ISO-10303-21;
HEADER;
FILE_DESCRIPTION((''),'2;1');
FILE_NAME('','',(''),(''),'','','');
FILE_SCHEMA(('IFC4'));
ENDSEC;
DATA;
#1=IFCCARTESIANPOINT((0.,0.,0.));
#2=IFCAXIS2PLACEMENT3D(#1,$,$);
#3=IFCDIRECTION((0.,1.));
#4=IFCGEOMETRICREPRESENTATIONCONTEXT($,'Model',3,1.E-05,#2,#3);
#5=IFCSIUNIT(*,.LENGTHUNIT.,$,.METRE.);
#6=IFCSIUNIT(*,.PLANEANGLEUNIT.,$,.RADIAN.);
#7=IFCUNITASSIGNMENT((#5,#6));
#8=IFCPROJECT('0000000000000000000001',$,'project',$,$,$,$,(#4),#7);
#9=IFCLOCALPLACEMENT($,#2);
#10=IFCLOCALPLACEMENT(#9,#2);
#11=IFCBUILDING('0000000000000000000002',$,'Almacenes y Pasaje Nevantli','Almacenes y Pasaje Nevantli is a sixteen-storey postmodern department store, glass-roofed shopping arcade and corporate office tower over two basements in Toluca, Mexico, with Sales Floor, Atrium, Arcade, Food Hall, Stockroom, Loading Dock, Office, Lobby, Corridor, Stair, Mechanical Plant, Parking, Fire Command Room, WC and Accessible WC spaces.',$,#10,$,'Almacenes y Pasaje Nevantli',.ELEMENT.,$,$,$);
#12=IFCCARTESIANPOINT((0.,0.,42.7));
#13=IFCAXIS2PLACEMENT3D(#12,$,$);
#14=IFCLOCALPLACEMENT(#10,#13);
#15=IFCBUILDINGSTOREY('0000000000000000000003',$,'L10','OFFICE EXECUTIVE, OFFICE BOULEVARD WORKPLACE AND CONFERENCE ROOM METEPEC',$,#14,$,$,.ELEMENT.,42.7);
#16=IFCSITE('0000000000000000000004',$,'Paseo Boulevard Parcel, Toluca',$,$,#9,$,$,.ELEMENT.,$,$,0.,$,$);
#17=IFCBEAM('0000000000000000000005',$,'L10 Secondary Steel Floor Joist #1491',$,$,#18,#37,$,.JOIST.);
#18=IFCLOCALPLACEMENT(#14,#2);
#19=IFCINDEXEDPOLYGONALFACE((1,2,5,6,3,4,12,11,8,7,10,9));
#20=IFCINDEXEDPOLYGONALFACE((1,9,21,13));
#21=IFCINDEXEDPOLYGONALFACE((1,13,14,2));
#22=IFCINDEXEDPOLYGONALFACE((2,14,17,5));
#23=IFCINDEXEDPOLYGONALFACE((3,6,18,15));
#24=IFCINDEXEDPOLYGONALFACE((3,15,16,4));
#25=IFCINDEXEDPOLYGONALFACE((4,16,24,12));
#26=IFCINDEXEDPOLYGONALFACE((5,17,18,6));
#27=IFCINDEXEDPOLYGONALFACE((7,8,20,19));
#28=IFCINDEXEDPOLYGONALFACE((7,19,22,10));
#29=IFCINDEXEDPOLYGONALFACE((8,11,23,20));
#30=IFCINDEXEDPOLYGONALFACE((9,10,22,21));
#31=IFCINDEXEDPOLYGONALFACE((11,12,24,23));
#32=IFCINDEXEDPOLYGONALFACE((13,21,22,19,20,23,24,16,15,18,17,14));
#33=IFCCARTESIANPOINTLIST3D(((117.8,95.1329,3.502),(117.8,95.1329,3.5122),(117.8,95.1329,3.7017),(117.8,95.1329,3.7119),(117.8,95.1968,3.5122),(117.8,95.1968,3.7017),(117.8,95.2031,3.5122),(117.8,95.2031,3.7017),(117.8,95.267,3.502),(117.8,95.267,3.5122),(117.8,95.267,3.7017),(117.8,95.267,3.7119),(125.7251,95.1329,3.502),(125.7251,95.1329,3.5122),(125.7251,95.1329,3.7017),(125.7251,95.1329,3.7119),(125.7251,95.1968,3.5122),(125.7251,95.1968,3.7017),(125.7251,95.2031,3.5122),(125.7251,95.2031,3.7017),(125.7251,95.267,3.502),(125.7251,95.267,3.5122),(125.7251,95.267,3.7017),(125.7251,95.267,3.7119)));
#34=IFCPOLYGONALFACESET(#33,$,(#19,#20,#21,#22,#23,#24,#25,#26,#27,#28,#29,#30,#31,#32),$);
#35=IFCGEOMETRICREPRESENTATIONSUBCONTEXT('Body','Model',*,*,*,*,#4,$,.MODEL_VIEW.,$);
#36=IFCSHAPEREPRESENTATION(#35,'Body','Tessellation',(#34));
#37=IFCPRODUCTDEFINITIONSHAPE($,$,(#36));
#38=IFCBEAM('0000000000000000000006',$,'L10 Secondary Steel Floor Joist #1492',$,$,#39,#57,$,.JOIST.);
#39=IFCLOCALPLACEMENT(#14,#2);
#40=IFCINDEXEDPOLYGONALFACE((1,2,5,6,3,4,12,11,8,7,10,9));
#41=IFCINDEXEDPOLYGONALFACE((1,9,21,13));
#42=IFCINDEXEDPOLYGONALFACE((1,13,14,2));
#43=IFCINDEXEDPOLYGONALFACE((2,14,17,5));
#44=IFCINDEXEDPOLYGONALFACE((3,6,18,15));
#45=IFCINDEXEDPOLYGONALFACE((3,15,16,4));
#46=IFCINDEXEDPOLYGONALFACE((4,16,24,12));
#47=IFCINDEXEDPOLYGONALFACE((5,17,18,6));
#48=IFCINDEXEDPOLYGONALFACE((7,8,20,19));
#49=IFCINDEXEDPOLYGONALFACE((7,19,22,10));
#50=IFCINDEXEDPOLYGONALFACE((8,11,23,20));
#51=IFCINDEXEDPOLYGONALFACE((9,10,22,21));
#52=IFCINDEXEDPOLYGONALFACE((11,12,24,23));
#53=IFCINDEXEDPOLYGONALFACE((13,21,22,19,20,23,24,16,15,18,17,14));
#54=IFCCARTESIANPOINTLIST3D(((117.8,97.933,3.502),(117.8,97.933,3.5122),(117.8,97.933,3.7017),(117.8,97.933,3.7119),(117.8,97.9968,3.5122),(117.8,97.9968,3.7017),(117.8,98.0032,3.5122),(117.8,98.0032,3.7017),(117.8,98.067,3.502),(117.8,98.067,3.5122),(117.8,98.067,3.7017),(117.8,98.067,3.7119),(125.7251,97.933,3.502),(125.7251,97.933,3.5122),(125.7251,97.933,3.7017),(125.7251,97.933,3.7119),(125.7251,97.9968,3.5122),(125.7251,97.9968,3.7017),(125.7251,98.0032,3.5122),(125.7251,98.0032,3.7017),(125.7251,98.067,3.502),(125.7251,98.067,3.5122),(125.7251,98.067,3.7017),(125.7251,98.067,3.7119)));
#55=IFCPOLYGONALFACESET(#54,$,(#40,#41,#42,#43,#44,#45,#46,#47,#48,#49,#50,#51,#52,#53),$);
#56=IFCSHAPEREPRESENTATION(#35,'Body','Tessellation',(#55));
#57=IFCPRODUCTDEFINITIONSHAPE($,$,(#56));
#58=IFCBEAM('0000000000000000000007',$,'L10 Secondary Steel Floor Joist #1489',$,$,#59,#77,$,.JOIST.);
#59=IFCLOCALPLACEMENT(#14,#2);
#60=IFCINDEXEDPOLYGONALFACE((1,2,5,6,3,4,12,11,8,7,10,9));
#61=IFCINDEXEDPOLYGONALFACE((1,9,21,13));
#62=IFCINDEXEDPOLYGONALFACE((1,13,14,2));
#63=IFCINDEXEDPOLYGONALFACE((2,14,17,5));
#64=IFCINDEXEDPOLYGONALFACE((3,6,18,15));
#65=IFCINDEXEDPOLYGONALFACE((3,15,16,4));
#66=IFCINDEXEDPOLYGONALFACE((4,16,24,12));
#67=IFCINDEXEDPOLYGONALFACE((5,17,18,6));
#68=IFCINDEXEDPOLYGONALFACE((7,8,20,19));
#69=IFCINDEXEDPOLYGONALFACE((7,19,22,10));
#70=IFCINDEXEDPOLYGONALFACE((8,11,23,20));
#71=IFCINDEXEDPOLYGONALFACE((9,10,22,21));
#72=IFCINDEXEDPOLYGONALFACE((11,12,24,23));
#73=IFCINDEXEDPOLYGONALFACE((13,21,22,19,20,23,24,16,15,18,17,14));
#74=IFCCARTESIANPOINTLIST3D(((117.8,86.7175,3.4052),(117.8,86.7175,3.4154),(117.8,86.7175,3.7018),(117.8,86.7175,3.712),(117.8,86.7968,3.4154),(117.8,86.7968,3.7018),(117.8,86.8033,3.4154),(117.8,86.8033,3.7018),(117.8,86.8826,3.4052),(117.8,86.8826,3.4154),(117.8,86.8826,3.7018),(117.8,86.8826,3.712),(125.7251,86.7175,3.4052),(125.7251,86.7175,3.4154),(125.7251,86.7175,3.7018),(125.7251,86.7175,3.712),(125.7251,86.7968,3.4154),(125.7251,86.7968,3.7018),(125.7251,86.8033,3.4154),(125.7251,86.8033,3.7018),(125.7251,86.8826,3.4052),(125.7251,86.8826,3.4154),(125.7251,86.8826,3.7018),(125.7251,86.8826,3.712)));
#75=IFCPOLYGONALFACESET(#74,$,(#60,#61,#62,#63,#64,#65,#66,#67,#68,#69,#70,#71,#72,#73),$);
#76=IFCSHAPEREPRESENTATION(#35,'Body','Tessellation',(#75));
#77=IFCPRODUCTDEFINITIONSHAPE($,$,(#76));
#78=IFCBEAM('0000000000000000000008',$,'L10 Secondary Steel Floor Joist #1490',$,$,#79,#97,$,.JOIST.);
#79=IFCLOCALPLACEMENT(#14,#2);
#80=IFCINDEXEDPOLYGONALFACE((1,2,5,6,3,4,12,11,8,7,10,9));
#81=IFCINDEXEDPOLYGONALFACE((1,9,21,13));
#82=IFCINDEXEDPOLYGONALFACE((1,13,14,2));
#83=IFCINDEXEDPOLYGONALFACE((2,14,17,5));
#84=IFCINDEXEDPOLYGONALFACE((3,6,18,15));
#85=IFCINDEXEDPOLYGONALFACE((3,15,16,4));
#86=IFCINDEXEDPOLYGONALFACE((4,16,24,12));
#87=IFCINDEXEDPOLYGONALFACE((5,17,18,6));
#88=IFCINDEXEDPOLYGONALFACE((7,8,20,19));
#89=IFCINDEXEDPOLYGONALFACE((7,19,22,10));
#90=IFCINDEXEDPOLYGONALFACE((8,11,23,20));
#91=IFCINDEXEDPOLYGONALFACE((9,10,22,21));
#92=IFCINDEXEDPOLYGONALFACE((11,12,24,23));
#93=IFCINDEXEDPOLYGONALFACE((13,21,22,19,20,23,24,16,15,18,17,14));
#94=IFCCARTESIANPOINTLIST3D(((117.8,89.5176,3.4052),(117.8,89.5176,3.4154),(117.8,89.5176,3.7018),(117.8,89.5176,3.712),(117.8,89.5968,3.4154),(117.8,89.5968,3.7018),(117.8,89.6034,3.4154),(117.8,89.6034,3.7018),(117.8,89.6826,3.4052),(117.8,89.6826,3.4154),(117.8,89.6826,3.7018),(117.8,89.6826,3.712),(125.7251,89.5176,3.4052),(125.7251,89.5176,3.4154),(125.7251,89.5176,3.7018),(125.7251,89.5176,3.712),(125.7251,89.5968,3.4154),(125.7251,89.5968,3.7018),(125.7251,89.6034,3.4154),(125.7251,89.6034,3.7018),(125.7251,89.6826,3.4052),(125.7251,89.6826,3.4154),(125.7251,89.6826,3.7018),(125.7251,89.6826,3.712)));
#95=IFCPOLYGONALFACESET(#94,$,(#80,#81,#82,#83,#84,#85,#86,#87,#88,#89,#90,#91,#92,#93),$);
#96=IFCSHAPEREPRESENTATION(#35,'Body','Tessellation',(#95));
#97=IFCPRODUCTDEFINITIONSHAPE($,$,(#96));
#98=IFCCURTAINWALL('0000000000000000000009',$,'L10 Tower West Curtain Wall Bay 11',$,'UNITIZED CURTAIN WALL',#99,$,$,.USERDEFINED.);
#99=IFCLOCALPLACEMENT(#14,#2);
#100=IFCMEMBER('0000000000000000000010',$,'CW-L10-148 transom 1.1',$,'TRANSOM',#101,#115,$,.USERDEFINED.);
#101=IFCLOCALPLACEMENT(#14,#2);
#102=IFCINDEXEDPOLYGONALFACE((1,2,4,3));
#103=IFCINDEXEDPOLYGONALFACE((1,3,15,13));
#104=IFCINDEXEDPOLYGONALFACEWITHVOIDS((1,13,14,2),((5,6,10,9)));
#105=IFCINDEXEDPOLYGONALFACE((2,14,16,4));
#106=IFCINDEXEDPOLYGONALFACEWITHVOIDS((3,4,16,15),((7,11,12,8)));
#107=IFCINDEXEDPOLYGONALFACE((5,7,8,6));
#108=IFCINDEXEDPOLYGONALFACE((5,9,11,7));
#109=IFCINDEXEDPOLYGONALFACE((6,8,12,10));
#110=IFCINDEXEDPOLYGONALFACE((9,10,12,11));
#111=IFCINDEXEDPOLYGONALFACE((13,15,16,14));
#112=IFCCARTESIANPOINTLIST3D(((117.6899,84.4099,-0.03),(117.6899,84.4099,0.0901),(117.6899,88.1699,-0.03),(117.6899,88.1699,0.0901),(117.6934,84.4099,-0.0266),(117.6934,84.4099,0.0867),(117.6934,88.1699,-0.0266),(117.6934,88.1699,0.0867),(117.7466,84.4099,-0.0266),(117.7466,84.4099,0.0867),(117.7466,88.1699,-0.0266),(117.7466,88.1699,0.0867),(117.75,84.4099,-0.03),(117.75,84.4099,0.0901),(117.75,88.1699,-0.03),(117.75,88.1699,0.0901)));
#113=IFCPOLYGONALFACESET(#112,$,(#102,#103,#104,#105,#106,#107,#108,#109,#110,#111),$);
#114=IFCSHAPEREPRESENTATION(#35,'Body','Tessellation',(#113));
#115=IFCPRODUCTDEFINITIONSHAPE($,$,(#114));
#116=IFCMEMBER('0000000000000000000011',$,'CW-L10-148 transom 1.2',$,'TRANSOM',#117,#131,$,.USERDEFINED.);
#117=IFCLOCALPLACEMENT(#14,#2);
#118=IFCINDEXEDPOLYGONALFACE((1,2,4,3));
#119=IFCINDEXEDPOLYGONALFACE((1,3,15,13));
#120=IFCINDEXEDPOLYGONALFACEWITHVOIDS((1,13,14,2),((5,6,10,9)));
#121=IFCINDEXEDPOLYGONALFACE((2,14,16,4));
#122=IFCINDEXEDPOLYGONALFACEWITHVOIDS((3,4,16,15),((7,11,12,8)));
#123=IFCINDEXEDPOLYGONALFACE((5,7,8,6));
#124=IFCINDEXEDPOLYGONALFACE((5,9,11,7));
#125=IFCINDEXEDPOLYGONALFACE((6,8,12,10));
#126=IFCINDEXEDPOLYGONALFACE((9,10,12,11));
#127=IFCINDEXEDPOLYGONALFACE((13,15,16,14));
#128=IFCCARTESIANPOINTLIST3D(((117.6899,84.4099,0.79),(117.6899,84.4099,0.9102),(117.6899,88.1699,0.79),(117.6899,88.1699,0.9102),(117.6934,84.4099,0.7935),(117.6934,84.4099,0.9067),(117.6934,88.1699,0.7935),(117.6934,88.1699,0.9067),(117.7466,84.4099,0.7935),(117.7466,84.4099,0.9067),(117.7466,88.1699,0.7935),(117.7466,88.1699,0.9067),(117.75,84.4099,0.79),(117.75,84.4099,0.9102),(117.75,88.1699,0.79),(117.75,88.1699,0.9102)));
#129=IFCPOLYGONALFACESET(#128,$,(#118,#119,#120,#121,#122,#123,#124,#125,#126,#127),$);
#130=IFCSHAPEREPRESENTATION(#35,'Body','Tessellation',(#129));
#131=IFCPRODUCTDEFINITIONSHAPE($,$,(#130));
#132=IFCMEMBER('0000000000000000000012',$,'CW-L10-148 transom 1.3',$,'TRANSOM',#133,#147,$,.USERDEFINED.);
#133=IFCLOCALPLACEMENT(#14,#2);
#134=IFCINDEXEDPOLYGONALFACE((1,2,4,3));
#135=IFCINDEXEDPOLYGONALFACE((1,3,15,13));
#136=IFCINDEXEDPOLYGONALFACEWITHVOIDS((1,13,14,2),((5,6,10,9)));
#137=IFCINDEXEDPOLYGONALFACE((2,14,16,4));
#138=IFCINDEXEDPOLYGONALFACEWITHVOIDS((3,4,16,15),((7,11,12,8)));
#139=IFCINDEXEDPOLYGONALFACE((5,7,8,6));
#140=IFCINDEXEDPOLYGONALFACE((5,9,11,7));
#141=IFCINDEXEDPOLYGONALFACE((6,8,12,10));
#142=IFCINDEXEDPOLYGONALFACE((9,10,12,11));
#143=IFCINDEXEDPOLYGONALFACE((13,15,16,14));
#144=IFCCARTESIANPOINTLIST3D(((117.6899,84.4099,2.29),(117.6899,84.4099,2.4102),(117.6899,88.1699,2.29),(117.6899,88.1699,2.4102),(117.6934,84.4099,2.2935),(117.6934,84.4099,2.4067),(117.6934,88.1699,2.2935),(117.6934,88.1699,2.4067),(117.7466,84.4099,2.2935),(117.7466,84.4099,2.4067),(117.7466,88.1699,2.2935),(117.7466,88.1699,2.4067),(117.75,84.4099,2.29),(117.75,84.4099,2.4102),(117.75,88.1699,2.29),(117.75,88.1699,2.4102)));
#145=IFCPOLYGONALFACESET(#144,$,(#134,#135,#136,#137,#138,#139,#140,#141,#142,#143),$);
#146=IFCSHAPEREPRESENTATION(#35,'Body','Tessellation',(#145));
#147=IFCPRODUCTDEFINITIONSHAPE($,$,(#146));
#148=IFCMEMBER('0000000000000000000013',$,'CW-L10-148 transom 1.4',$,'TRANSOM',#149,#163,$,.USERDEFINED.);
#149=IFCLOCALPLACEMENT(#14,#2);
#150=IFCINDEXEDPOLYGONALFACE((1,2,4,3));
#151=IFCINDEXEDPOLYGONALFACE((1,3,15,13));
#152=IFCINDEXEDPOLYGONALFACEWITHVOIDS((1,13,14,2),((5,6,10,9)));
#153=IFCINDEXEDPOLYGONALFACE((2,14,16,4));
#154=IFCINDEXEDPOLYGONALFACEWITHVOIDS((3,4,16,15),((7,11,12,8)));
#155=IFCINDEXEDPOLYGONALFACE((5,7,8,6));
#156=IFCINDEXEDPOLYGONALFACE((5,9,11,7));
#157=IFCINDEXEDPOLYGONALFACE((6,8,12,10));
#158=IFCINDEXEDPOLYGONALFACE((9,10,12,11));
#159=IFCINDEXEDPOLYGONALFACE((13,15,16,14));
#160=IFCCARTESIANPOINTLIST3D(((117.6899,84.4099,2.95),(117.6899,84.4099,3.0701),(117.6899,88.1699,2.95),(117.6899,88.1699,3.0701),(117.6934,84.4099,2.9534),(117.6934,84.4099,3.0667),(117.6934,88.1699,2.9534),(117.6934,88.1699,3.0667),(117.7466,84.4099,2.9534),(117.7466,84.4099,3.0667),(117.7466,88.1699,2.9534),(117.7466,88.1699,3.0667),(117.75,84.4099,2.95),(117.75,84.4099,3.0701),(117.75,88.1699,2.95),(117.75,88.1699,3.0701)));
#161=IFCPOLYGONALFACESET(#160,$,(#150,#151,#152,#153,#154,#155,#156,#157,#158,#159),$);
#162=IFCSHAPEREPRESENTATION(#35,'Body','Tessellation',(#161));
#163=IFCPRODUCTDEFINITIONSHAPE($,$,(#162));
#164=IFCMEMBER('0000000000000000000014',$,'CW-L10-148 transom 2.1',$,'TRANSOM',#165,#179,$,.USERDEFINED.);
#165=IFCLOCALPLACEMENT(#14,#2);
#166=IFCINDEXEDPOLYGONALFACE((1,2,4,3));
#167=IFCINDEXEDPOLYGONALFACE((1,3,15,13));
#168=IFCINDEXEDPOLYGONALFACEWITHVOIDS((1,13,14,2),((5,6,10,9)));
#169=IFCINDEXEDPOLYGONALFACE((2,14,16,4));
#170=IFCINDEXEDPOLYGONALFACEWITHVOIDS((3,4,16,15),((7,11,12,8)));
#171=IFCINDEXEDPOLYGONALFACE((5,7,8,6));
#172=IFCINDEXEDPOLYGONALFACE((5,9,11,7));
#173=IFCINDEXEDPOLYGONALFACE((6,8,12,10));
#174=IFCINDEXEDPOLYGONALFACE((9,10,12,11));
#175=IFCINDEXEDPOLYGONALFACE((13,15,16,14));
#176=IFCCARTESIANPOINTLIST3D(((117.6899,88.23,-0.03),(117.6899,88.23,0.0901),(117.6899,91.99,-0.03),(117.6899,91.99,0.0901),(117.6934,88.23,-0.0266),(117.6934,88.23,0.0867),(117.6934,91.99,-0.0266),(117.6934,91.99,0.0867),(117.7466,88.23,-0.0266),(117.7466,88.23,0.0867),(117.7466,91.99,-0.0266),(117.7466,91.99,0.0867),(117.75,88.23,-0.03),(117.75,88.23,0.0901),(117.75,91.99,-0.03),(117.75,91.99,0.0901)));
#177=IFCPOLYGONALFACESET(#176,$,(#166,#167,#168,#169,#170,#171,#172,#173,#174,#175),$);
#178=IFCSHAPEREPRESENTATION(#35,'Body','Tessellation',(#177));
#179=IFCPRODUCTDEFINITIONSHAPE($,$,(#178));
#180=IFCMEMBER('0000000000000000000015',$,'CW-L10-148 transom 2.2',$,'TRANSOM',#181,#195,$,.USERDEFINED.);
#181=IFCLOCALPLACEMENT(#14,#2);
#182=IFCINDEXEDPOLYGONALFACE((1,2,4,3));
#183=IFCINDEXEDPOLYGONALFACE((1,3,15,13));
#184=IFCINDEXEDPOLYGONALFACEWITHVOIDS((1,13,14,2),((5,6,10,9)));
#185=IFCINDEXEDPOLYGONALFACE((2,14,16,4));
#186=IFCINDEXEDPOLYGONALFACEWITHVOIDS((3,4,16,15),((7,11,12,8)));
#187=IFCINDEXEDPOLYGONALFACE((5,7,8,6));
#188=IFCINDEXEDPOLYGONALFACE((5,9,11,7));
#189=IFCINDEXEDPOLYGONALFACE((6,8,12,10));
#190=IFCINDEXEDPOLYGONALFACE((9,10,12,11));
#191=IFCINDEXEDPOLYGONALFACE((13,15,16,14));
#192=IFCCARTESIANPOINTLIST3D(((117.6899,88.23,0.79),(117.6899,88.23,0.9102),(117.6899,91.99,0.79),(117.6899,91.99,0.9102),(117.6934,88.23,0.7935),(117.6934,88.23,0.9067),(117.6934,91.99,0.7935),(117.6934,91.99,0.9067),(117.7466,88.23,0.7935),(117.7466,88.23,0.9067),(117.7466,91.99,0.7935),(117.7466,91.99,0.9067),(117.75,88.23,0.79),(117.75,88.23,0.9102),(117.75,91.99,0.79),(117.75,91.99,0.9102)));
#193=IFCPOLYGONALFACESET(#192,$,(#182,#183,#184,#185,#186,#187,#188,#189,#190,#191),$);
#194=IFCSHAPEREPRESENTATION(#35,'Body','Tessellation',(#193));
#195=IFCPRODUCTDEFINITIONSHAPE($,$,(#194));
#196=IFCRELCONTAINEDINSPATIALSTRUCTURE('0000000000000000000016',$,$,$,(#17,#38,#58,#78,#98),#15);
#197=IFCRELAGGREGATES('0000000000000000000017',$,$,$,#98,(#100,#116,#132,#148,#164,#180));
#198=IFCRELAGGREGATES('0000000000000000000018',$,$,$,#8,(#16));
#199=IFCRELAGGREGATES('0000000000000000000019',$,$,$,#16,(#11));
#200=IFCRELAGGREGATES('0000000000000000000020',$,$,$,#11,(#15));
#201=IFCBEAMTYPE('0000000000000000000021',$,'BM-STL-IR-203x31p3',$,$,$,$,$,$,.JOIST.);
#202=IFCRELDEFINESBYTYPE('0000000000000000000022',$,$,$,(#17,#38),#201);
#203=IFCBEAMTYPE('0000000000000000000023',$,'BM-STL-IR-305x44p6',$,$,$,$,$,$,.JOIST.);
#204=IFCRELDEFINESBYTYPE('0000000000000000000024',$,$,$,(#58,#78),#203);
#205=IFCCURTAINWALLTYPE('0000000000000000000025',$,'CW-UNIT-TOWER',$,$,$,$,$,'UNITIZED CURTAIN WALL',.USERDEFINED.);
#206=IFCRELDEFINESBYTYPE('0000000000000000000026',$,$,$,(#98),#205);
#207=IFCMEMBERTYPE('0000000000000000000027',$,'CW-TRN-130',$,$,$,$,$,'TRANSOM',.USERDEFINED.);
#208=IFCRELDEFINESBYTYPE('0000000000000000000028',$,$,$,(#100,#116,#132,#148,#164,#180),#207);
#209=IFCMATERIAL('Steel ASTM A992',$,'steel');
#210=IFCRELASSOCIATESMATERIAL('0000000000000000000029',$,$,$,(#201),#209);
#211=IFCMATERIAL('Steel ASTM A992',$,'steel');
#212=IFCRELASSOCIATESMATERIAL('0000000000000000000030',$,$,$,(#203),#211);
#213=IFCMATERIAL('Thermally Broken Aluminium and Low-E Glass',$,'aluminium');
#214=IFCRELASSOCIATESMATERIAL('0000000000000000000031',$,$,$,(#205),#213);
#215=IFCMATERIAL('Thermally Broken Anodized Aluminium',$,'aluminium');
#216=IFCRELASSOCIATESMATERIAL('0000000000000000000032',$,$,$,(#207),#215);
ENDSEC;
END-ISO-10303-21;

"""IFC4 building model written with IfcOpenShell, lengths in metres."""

from ifc_helpers import new_model, si_unit, direction, frame, origin, origin_2d, place, context, subcontext, project, spatial, hollow_rectangle, i_section, extrude, material, material_profile, profile_set, type_object, element, aggregate, save


model = new_model("IFC4")

# Units and contexts
model_context = context("Model", 3, precision=1e-05, world=origin(), true_north=direction((0.0, 1.0)))
body_context = subcontext(model_context, "Body", "Model", "MODEL_VIEW")
ifc_project = project(units=[si_unit("LENGTHUNIT", "METRE"), si_unit("PLANEANGLEUNIT", "RADIAN")], contexts=[model_context])

# Site, building, storey
site_placement = place(None, origin())
site = spatial("IfcSite", under=ifc_project, at=site_placement, Name="Paseo Boulevard Parcel, Toluca", CompositionType="ELEMENT", RefElevation=0.0)
building_placement = place(site_placement, origin())
building = spatial("IfcBuilding", under=site, at=building_placement, Name="Almacenes y Pasaje Nevantli", Description="Almacenes y Pasaje Nevantli is a sixteen-storey postmodern department store, glass-roofed shopping arcade and corporate office tower over two basements in Toluca, Mexico, with Sales Floor, Atrium, Arcade, Food Hall, Stockroom, Loading Dock, Office, Lobby, Corridor, Stair, Mechanical Plant, Parking, Fire Command Room, WC and Accessible WC spaces.", LongName="Almacenes y Pasaje Nevantli", CompositionType="ELEMENT")
storey_placement = place(building_placement, frame((0.0, 0.0, 42.7)))
storey = spatial("IfcBuildingStorey", under=building, at=storey_placement, Name="L10", Description="OFFICE EXECUTIVE, OFFICE BOULEVARD WORKPLACE AND CONFERENCE ROOM METEPEC", CompositionType="ELEMENT", Elevation=42.7)

# Beams
ifc_material_1 = material(Name="Steel ASTM A992", Category="steel")
ifc_material_profile_1 = material_profile(ifc_material_1, i_section(OverallWidth=0.134, OverallDepth=0.21, WebThickness=0.0063, FlangeThickness=0.0103, at=origin_2d()), Name="IR 203x31.3")
ifc_profile_set_1 = profile_set([ifc_material_profile_1], Name="Steel ASTM A992")
beam_type_1 = type_object("IfcBeamType", Name="BM-STL-IR-203x31p3", PredefinedType="JOIST", material=ifc_profile_set_1)
for number, where, z_axis, x_axis, name in (
    (1, (117.8, 95.2, 3.6069), (1.0, 0.0, 0.0), (0.0, 1.0, 0.0), "L10 Secondary Steel Floor Joist #1491"),
    (2, (117.8, 98.0, 3.6069), (1.0, 0.0, 0.0), (0.0, 1.0, 0.0), "L10 Secondary Steel Floor Joist #1492"),
):
    element("IfcBeam", number, at=place(storey_placement, frame(where, z_axis=z_axis, x_axis=x_axis)), inside=storey, type_object=beam_type_1, Name=name, PredefinedType="JOIST", context=body_context, shape_type="SweptSolid", body=[
        extrude(i_section(OverallWidth=0.134, OverallDepth=0.21, WebThickness=0.0063, FlangeThickness=0.0103, at=origin_2d()), origin(), (0.0, 0.0, 1.0), 7.925),
    ])
ifc_material_2 = material(Name="Steel ASTM A992", Category="steel")
ifc_material_profile_2 = material_profile(ifc_material_2, i_section(OverallWidth=0.165, OverallDepth=0.3069, WebThickness=0.0066, FlangeThickness=0.0103, at=origin_2d()), Name="IR 305x44.6")
ifc_profile_set_2 = profile_set([ifc_material_profile_2], Name="Steel ASTM A992")
beam_type_2 = type_object("IfcBeamType", Name="BM-STL-IR-305x44p6", PredefinedType="JOIST", material=ifc_profile_set_2)
for number, where, z_axis, x_axis, name in (
    (3, (117.8, 86.8, 3.5586), (1.0, 0.0, 0.0), (0.0, 1.0, 0.0), "L10 Secondary Steel Floor Joist #1489"),
    (4, (117.8, 89.6001, 3.5586), (1.0, 0.0, 0.0), (0.0, 1.0, 0.0), "L10 Secondary Steel Floor Joist #1490"),
):
    element("IfcBeam", number, at=place(storey_placement, frame(where, z_axis=z_axis, x_axis=x_axis)), inside=storey, type_object=beam_type_2, Name=name, PredefinedType="JOIST", context=body_context, shape_type="SweptSolid", body=[
        extrude(i_section(OverallWidth=0.165, OverallDepth=0.3069, WebThickness=0.0066, FlangeThickness=0.0103, at=origin_2d()), origin(), (0.0, 0.0, 1.0), 7.925),
    ])

# Curtain wall, members
ifc_material_3 = material(Name="Thermally Broken Aluminium and Low-E Glass", Category="aluminium")
curtain_wall_type = type_object("IfcCurtainWallType", Name="CW-UNIT-TOWER", ElementType="UNITIZED CURTAIN WALL", PredefinedType="USERDEFINED", material=ifc_material_3)
curtain_wall_placement = place(storey_placement, origin())
curtain_wall = element("IfcCurtainWall", 5, at=curtain_wall_placement, inside=storey, type_object=curtain_wall_type, Name="L10 Tower West Curtain Wall Bay 11", ObjectType="UNITIZED CURTAIN WALL", PredefinedType="USERDEFINED")
ifc_material_4 = material(Name="Thermally Broken Anodized Aluminium", Category="aluminium")
ifc_material_profile_3 = material_profile(ifc_material_4, hollow_rectangle(XDim=0.0601, YDim=0.1201, WallThickness=0.0034, at=origin_2d()), Name="ALU-TRN-60x120")
ifc_profile_set_3 = profile_set([ifc_material_profile_3], Name="Thermally Broken Anodized Aluminium")
member_type = type_object("IfcMemberType", Name="CW-TRN-130", ElementType="TRANSOM", PredefinedType="USERDEFINED", material=ifc_profile_set_3)
member_1_placement = place(storey_placement, frame((117.72, 84.4099, 0.03), z_axis=(0.0, 1.0, 0.0), x_axis=(-1.0, 0.0, 0.0)))
member_1 = element("IfcMember", 6, at=member_1_placement, type_object=member_type, Name="CW-L10-148 transom 1.1", ObjectType="TRANSOM", PredefinedType="USERDEFINED", context=body_context, shape_type="SweptSolid", body=[
    extrude(hollow_rectangle(XDim=0.0601, YDim=0.1201, WallThickness=0.0034, at=origin_2d()), origin(), (0.0, 0.0, 1.0), 3.76),
])
member_2_placement = place(storey_placement, frame((117.72, 84.4099, 0.8501), z_axis=(0.0, 1.0, 0.0), x_axis=(-1.0, 0.0, 0.0)))
member_2 = element("IfcMember", 7, at=member_2_placement, type_object=member_type, Name="CW-L10-148 transom 1.2", ObjectType="TRANSOM", PredefinedType="USERDEFINED", context=body_context, shape_type="SweptSolid", body=[
    extrude(hollow_rectangle(XDim=0.0601, YDim=0.1201, WallThickness=0.0034, at=origin_2d()), origin(), (0.0, 0.0, 1.0), 3.76),
])
member_3_placement = place(storey_placement, frame((117.72, 84.4099, 2.3501), z_axis=(0.0, 1.0, 0.0), x_axis=(-1.0, 0.0, 0.0)))
member_3 = element("IfcMember", 8, at=member_3_placement, type_object=member_type, Name="CW-L10-148 transom 1.3", ObjectType="TRANSOM", PredefinedType="USERDEFINED", context=body_context, shape_type="SweptSolid", body=[
    extrude(hollow_rectangle(XDim=0.0601, YDim=0.1201, WallThickness=0.0034, at=origin_2d()), origin(), (0.0, 0.0, 1.0), 3.76),
])
member_4_placement = place(storey_placement, frame((117.72, 84.4099, 3.01), z_axis=(0.0, 1.0, 0.0), x_axis=(-1.0, 0.0, 0.0)))
member_4 = element("IfcMember", 9, at=member_4_placement, type_object=member_type, Name="CW-L10-148 transom 1.4", ObjectType="TRANSOM", PredefinedType="USERDEFINED", context=body_context, shape_type="SweptSolid", body=[
    extrude(hollow_rectangle(XDim=0.0601, YDim=0.1201, WallThickness=0.0034, at=origin_2d()), origin(), (0.0, 0.0, 1.0), 3.76),
])
member_5_placement = place(storey_placement, frame((117.72, 88.23, 0.03), z_axis=(0.0, 1.0, 0.0), x_axis=(-1.0, 0.0, 0.0)))
member_5 = element("IfcMember", 10, at=member_5_placement, type_object=member_type, Name="CW-L10-148 transom 2.1", ObjectType="TRANSOM", PredefinedType="USERDEFINED", context=body_context, shape_type="SweptSolid", body=[
    extrude(hollow_rectangle(XDim=0.0601, YDim=0.1201, WallThickness=0.0034, at=origin_2d()), origin(), (0.0, 0.0, 1.0), 3.76),
])
member_6_placement = place(storey_placement, frame((117.72, 88.23, 0.8501), z_axis=(0.0, 1.0, 0.0), x_axis=(-1.0, 0.0, 0.0)))
member_6 = element("IfcMember", 11, at=member_6_placement, type_object=member_type, Name="CW-L10-148 transom 2.2", ObjectType="TRANSOM", PredefinedType="USERDEFINED", context=body_context, shape_type="SweptSolid", body=[
    extrude(hollow_rectangle(XDim=0.0601, YDim=0.1201, WallThickness=0.0034, at=origin_2d()), origin(), (0.0, 0.0, 1.0), 3.76),
])
aggregate(curtain_wall, [member_1, member_2, member_3, member_4, member_5, member_6])

save(model, "model.ifc")
